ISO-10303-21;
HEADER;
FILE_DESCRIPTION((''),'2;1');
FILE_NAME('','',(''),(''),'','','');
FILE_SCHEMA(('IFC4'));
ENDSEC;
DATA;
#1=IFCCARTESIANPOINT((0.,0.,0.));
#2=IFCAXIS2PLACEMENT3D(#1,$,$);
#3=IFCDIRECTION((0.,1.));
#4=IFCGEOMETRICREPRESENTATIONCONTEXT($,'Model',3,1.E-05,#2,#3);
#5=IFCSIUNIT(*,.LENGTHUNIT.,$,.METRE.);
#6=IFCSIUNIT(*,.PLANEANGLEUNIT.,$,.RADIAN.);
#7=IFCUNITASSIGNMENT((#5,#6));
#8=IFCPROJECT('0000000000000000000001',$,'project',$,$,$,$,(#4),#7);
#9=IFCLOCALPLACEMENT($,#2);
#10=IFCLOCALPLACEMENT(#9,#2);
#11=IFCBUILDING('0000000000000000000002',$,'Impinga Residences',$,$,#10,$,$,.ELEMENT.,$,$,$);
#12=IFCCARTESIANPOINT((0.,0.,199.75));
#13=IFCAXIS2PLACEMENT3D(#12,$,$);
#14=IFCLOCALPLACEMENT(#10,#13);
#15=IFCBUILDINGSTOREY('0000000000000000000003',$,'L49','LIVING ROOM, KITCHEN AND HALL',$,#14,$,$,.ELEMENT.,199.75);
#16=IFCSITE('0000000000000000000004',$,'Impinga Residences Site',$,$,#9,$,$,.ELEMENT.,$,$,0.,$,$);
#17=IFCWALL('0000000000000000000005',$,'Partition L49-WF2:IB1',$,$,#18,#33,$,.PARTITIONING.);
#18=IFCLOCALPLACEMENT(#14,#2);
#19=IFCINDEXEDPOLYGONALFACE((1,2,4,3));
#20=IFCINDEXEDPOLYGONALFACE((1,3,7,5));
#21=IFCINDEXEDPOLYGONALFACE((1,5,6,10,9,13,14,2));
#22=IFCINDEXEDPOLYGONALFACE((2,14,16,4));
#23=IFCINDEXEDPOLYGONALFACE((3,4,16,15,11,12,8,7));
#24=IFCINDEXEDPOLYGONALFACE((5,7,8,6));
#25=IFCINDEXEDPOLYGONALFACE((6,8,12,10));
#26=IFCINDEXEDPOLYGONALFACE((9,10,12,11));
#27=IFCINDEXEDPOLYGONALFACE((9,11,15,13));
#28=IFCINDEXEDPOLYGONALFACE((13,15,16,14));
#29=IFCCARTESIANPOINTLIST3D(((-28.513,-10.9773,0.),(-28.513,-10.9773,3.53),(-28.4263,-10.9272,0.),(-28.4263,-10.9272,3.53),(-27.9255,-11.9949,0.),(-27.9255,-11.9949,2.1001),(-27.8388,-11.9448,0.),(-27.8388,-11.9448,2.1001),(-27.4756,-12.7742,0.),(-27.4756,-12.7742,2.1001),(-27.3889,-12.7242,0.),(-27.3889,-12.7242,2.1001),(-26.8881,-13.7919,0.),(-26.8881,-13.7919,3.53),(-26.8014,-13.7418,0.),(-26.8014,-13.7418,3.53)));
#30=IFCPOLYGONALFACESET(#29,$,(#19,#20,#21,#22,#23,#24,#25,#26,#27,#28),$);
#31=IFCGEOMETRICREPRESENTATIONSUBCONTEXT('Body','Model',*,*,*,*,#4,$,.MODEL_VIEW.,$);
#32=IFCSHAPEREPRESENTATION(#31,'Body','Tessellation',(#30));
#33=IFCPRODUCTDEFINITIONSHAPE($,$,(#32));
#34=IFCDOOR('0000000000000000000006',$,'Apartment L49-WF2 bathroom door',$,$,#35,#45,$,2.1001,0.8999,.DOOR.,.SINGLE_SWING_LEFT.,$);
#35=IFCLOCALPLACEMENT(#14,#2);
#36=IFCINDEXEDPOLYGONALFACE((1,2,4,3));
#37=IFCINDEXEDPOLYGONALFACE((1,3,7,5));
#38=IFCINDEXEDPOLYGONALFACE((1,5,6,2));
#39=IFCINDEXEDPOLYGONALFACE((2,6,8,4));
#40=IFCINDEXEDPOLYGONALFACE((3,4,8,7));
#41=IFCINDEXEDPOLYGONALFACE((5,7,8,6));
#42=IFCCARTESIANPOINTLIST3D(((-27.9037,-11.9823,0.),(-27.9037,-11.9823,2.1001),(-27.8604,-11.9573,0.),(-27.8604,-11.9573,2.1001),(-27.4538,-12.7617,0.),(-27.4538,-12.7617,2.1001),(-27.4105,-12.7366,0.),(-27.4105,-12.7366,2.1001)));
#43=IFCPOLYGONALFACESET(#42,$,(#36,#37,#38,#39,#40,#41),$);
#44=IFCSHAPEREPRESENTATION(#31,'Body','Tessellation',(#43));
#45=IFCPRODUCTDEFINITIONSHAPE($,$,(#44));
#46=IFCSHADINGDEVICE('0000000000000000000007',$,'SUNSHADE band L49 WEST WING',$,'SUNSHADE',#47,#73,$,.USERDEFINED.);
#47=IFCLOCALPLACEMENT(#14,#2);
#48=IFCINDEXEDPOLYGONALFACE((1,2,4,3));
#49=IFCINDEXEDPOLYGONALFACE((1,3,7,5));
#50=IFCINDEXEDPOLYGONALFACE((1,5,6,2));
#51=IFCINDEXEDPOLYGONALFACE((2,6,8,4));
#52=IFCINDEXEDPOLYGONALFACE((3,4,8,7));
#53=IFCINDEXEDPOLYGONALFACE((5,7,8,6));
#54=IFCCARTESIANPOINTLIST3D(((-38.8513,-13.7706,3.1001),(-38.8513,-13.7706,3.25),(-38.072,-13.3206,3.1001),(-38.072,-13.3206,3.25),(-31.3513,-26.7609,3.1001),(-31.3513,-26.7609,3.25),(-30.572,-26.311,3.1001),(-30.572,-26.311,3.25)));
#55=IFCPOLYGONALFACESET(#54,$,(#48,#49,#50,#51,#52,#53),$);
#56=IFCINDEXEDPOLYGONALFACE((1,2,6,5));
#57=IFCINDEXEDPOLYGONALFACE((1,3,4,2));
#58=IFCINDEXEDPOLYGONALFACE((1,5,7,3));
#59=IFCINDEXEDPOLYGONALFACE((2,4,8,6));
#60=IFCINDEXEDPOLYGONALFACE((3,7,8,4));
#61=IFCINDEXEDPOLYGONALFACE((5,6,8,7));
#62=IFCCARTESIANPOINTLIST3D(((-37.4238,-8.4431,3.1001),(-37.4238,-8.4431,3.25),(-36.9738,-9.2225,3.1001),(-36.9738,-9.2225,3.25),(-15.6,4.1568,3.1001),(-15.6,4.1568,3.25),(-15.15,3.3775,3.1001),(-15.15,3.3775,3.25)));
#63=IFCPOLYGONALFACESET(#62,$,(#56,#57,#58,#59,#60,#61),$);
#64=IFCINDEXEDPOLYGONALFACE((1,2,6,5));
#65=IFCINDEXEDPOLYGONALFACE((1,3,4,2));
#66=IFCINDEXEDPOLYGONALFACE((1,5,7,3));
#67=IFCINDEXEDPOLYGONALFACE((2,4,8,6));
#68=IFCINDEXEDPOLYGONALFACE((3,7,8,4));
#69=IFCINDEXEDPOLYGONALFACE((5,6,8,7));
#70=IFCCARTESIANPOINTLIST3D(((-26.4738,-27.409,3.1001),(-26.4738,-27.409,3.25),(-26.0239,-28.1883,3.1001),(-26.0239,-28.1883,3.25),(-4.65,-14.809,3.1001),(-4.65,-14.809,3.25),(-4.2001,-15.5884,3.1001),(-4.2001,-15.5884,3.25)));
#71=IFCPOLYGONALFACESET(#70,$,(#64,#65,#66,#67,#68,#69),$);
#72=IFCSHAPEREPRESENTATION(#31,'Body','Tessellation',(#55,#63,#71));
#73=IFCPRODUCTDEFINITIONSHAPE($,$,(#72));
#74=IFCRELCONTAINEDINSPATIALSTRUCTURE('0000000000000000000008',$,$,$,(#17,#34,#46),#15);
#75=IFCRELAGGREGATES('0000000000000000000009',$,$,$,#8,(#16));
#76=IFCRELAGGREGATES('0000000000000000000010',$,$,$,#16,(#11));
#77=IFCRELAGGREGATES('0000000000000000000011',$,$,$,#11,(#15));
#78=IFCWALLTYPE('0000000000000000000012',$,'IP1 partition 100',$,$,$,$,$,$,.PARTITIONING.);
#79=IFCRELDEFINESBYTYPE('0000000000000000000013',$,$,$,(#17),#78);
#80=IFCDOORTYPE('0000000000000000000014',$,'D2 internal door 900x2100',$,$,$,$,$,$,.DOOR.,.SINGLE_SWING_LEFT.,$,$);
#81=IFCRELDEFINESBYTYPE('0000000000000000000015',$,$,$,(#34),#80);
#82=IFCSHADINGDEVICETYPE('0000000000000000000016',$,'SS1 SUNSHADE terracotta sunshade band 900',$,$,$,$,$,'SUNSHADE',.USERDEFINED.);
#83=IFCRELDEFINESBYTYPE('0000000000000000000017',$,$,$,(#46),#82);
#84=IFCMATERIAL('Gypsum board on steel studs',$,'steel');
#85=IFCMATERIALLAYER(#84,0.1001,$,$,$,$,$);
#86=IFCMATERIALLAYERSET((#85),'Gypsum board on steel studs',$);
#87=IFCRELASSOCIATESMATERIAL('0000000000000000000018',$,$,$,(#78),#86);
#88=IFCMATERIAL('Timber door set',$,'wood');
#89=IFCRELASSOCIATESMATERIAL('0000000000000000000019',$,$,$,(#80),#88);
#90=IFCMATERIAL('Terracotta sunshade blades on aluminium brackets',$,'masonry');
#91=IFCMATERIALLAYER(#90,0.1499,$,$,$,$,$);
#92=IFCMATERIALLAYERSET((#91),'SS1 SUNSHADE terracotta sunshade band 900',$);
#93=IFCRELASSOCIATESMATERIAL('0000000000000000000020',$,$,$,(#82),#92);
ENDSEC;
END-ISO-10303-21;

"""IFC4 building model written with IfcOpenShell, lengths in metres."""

from ifc_helpers import new_model, si_unit, direction, frame, frame_2d, origin, origin_2d, place, context, subcontext, project, spatial, rectangle, extrude, material, layer, layer_set, type_object, element, fill, save


model = new_model("IFC4")

# Units and contexts
model_context = context("Model", 3, precision=1e-05, world=origin(), true_north=direction((0.0, 1.0)))
body_context = subcontext(model_context, "Body", "Model", "MODEL_VIEW")
ifc_project = project(units=[si_unit("LENGTHUNIT", "METRE"), si_unit("PLANEANGLEUNIT", "RADIAN")], contexts=[model_context])

# Site, building, storey
site_placement = place(None, origin())
site = spatial("IfcSite", under=ifc_project, at=site_placement, Name="Impinga Residences Site", CompositionType="ELEMENT", RefElevation=0.0)
building_placement = place(site_placement, origin())
building = spatial("IfcBuilding", under=site, at=building_placement, Name="Impinga Residences", CompositionType="ELEMENT")
storey_placement = place(building_placement, frame((0.0, 0.0, 199.75)))
storey = spatial("IfcBuildingStorey", under=building, at=storey_placement, Name="L49", Description="LIVING ROOM, KITCHEN AND HALL", CompositionType="ELEMENT", Elevation=199.75)

# Shared definitions
ifc_material_1 = material(Name="Timber door set", Category="wood")

# Shared definitions
ifc_material_2 = material(Name="Gypsum board on steel studs", Category="steel")
ifc_layer_1 = layer(ifc_material_2, 0.1001)
ifc_layer_set_1 = layer_set([ifc_layer_1], Name="Gypsum board on steel studs")
wall_type_1 = type_object("IfcWallType", Name="IP1 partition 100", PredefinedType="PARTITIONING", material=ifc_layer_set_1)

# Wall, opening, door
wall_1_placement = place(storey_placement, frame((-26.8447, -13.7668, 0.0), z_axis=(0.0, 0.0, 1.0), x_axis=(-0.499985, 0.866034, 0.0)))
wall_1 = element("IfcWall", 1, at=wall_1_placement, inside=storey, type_object=wall_type_1, Name="Partition L49-WF2:IB1", PredefinedType="PARTITIONING", context=body_context, shape_type="SweptSolid", body=[
    extrude(rectangle(XDim=3.25, YDim=0.1001, at=frame_2d((1.625, 0.0))), origin(), (0.0, 0.0, 1.0), 3.53),
])
opening_1_placement = place(wall_1_placement, frame((1.175, 0.0, 0.0)))
opening_1 = element("IfcOpeningElement", 2, at=opening_1_placement, cuts=wall_1, PredefinedType="OPENING", context=body_context, shape_type="SweptSolid", body=[
    extrude(rectangle(XDim=0.8999, YDim=2.1001, at=frame_2d((0.45, 1.05))), frame((0.0, 0.0601, 0.0), z_axis=(0.0, -1.0, 0.0), x_axis=(1.0, 0.0, 0.0)), (0.0, 0.0, 1.0), 0.1201),
])
door_type_1 = type_object("IfcDoorType", Name="D2 internal door 900x2100", OperationType="SINGLE_SWING_LEFT", PredefinedType="DOOR", material=ifc_material_1)
door_1_placement = place(opening_1_placement, origin())
door_1 = element("IfcDoor", 3, at=door_1_placement, inside=storey, type_object=door_type_1, Name="Apartment L49-WF2 bathroom door", OperationType="SINGLE_SWING_LEFT", OverallHeight=2.1001, OverallWidth=0.8999, PredefinedType="DOOR", context=body_context, shape_type="SweptSolid", body=[
    extrude(rectangle(XDim=0.8999, YDim=2.1001, at=frame_2d((0.45, 1.05))), frame((0.0, 0.0249, 0.0), z_axis=(0.0, -1.0, 0.0), x_axis=(1.0, 0.0, 0.0)), (0.0, 0.0, 1.0), 0.05),
])
fill(opening_1, door_1)

# Shading device
ifc_material_3 = material(Name="Terracotta sunshade blades on aluminium brackets", Category="masonry")
ifc_layer_2 = layer(ifc_material_3, 0.1499)
ifc_layer_set_2 = layer_set([ifc_layer_2], Name="SS1 SUNSHADE terracotta sunshade band 900")
shading_device_type = type_object("IfcShadingDeviceType", Name="SS1 SUNSHADE terracotta sunshade band 900", ElementType="SUNSHADE", PredefinedType="USERDEFINED", material=ifc_layer_set_2)
shading_device_placement = place(storey_placement, frame((-34.7117, -20.0408, 3.1001), z_axis=(0.0, 0.0, 1.0), x_axis=(-0.5, 0.866025, 0.0)))
element("IfcShadingDevice", 4, at=shading_device_placement, inside=storey, type_object=shading_device_type, Name="SUNSHADE band L49 WEST WING", ObjectType="SUNSHADE", PredefinedType="USERDEFINED", context=body_context, shape_type="SweptSolid", body=[
    extrude(rectangle(XDim=15.0, YDim=0.8999, at=origin_2d()), origin(), (0.0, 0.0, 1.0), 0.1499),
    extrude(rectangle(XDim=25.2, YDim=0.8999, at=origin_2d()), frame((10.95, -16.05, 0.0), z_axis=(0.0, 0.0, 1.0), x_axis=(0.0, -1.0, 0.0)), (0.0, 0.0, 1.0), 0.1499),
    extrude(rectangle(XDim=25.2, YDim=0.8999, at=origin_2d()), frame((-10.95, -16.05, 0.0), z_axis=(0.0, 0.0, 1.0), x_axis=(0.0, 1.0, 0.0)), (0.0, 0.0, 1.0), 0.1499),
])

save(model, "model.ifc")
